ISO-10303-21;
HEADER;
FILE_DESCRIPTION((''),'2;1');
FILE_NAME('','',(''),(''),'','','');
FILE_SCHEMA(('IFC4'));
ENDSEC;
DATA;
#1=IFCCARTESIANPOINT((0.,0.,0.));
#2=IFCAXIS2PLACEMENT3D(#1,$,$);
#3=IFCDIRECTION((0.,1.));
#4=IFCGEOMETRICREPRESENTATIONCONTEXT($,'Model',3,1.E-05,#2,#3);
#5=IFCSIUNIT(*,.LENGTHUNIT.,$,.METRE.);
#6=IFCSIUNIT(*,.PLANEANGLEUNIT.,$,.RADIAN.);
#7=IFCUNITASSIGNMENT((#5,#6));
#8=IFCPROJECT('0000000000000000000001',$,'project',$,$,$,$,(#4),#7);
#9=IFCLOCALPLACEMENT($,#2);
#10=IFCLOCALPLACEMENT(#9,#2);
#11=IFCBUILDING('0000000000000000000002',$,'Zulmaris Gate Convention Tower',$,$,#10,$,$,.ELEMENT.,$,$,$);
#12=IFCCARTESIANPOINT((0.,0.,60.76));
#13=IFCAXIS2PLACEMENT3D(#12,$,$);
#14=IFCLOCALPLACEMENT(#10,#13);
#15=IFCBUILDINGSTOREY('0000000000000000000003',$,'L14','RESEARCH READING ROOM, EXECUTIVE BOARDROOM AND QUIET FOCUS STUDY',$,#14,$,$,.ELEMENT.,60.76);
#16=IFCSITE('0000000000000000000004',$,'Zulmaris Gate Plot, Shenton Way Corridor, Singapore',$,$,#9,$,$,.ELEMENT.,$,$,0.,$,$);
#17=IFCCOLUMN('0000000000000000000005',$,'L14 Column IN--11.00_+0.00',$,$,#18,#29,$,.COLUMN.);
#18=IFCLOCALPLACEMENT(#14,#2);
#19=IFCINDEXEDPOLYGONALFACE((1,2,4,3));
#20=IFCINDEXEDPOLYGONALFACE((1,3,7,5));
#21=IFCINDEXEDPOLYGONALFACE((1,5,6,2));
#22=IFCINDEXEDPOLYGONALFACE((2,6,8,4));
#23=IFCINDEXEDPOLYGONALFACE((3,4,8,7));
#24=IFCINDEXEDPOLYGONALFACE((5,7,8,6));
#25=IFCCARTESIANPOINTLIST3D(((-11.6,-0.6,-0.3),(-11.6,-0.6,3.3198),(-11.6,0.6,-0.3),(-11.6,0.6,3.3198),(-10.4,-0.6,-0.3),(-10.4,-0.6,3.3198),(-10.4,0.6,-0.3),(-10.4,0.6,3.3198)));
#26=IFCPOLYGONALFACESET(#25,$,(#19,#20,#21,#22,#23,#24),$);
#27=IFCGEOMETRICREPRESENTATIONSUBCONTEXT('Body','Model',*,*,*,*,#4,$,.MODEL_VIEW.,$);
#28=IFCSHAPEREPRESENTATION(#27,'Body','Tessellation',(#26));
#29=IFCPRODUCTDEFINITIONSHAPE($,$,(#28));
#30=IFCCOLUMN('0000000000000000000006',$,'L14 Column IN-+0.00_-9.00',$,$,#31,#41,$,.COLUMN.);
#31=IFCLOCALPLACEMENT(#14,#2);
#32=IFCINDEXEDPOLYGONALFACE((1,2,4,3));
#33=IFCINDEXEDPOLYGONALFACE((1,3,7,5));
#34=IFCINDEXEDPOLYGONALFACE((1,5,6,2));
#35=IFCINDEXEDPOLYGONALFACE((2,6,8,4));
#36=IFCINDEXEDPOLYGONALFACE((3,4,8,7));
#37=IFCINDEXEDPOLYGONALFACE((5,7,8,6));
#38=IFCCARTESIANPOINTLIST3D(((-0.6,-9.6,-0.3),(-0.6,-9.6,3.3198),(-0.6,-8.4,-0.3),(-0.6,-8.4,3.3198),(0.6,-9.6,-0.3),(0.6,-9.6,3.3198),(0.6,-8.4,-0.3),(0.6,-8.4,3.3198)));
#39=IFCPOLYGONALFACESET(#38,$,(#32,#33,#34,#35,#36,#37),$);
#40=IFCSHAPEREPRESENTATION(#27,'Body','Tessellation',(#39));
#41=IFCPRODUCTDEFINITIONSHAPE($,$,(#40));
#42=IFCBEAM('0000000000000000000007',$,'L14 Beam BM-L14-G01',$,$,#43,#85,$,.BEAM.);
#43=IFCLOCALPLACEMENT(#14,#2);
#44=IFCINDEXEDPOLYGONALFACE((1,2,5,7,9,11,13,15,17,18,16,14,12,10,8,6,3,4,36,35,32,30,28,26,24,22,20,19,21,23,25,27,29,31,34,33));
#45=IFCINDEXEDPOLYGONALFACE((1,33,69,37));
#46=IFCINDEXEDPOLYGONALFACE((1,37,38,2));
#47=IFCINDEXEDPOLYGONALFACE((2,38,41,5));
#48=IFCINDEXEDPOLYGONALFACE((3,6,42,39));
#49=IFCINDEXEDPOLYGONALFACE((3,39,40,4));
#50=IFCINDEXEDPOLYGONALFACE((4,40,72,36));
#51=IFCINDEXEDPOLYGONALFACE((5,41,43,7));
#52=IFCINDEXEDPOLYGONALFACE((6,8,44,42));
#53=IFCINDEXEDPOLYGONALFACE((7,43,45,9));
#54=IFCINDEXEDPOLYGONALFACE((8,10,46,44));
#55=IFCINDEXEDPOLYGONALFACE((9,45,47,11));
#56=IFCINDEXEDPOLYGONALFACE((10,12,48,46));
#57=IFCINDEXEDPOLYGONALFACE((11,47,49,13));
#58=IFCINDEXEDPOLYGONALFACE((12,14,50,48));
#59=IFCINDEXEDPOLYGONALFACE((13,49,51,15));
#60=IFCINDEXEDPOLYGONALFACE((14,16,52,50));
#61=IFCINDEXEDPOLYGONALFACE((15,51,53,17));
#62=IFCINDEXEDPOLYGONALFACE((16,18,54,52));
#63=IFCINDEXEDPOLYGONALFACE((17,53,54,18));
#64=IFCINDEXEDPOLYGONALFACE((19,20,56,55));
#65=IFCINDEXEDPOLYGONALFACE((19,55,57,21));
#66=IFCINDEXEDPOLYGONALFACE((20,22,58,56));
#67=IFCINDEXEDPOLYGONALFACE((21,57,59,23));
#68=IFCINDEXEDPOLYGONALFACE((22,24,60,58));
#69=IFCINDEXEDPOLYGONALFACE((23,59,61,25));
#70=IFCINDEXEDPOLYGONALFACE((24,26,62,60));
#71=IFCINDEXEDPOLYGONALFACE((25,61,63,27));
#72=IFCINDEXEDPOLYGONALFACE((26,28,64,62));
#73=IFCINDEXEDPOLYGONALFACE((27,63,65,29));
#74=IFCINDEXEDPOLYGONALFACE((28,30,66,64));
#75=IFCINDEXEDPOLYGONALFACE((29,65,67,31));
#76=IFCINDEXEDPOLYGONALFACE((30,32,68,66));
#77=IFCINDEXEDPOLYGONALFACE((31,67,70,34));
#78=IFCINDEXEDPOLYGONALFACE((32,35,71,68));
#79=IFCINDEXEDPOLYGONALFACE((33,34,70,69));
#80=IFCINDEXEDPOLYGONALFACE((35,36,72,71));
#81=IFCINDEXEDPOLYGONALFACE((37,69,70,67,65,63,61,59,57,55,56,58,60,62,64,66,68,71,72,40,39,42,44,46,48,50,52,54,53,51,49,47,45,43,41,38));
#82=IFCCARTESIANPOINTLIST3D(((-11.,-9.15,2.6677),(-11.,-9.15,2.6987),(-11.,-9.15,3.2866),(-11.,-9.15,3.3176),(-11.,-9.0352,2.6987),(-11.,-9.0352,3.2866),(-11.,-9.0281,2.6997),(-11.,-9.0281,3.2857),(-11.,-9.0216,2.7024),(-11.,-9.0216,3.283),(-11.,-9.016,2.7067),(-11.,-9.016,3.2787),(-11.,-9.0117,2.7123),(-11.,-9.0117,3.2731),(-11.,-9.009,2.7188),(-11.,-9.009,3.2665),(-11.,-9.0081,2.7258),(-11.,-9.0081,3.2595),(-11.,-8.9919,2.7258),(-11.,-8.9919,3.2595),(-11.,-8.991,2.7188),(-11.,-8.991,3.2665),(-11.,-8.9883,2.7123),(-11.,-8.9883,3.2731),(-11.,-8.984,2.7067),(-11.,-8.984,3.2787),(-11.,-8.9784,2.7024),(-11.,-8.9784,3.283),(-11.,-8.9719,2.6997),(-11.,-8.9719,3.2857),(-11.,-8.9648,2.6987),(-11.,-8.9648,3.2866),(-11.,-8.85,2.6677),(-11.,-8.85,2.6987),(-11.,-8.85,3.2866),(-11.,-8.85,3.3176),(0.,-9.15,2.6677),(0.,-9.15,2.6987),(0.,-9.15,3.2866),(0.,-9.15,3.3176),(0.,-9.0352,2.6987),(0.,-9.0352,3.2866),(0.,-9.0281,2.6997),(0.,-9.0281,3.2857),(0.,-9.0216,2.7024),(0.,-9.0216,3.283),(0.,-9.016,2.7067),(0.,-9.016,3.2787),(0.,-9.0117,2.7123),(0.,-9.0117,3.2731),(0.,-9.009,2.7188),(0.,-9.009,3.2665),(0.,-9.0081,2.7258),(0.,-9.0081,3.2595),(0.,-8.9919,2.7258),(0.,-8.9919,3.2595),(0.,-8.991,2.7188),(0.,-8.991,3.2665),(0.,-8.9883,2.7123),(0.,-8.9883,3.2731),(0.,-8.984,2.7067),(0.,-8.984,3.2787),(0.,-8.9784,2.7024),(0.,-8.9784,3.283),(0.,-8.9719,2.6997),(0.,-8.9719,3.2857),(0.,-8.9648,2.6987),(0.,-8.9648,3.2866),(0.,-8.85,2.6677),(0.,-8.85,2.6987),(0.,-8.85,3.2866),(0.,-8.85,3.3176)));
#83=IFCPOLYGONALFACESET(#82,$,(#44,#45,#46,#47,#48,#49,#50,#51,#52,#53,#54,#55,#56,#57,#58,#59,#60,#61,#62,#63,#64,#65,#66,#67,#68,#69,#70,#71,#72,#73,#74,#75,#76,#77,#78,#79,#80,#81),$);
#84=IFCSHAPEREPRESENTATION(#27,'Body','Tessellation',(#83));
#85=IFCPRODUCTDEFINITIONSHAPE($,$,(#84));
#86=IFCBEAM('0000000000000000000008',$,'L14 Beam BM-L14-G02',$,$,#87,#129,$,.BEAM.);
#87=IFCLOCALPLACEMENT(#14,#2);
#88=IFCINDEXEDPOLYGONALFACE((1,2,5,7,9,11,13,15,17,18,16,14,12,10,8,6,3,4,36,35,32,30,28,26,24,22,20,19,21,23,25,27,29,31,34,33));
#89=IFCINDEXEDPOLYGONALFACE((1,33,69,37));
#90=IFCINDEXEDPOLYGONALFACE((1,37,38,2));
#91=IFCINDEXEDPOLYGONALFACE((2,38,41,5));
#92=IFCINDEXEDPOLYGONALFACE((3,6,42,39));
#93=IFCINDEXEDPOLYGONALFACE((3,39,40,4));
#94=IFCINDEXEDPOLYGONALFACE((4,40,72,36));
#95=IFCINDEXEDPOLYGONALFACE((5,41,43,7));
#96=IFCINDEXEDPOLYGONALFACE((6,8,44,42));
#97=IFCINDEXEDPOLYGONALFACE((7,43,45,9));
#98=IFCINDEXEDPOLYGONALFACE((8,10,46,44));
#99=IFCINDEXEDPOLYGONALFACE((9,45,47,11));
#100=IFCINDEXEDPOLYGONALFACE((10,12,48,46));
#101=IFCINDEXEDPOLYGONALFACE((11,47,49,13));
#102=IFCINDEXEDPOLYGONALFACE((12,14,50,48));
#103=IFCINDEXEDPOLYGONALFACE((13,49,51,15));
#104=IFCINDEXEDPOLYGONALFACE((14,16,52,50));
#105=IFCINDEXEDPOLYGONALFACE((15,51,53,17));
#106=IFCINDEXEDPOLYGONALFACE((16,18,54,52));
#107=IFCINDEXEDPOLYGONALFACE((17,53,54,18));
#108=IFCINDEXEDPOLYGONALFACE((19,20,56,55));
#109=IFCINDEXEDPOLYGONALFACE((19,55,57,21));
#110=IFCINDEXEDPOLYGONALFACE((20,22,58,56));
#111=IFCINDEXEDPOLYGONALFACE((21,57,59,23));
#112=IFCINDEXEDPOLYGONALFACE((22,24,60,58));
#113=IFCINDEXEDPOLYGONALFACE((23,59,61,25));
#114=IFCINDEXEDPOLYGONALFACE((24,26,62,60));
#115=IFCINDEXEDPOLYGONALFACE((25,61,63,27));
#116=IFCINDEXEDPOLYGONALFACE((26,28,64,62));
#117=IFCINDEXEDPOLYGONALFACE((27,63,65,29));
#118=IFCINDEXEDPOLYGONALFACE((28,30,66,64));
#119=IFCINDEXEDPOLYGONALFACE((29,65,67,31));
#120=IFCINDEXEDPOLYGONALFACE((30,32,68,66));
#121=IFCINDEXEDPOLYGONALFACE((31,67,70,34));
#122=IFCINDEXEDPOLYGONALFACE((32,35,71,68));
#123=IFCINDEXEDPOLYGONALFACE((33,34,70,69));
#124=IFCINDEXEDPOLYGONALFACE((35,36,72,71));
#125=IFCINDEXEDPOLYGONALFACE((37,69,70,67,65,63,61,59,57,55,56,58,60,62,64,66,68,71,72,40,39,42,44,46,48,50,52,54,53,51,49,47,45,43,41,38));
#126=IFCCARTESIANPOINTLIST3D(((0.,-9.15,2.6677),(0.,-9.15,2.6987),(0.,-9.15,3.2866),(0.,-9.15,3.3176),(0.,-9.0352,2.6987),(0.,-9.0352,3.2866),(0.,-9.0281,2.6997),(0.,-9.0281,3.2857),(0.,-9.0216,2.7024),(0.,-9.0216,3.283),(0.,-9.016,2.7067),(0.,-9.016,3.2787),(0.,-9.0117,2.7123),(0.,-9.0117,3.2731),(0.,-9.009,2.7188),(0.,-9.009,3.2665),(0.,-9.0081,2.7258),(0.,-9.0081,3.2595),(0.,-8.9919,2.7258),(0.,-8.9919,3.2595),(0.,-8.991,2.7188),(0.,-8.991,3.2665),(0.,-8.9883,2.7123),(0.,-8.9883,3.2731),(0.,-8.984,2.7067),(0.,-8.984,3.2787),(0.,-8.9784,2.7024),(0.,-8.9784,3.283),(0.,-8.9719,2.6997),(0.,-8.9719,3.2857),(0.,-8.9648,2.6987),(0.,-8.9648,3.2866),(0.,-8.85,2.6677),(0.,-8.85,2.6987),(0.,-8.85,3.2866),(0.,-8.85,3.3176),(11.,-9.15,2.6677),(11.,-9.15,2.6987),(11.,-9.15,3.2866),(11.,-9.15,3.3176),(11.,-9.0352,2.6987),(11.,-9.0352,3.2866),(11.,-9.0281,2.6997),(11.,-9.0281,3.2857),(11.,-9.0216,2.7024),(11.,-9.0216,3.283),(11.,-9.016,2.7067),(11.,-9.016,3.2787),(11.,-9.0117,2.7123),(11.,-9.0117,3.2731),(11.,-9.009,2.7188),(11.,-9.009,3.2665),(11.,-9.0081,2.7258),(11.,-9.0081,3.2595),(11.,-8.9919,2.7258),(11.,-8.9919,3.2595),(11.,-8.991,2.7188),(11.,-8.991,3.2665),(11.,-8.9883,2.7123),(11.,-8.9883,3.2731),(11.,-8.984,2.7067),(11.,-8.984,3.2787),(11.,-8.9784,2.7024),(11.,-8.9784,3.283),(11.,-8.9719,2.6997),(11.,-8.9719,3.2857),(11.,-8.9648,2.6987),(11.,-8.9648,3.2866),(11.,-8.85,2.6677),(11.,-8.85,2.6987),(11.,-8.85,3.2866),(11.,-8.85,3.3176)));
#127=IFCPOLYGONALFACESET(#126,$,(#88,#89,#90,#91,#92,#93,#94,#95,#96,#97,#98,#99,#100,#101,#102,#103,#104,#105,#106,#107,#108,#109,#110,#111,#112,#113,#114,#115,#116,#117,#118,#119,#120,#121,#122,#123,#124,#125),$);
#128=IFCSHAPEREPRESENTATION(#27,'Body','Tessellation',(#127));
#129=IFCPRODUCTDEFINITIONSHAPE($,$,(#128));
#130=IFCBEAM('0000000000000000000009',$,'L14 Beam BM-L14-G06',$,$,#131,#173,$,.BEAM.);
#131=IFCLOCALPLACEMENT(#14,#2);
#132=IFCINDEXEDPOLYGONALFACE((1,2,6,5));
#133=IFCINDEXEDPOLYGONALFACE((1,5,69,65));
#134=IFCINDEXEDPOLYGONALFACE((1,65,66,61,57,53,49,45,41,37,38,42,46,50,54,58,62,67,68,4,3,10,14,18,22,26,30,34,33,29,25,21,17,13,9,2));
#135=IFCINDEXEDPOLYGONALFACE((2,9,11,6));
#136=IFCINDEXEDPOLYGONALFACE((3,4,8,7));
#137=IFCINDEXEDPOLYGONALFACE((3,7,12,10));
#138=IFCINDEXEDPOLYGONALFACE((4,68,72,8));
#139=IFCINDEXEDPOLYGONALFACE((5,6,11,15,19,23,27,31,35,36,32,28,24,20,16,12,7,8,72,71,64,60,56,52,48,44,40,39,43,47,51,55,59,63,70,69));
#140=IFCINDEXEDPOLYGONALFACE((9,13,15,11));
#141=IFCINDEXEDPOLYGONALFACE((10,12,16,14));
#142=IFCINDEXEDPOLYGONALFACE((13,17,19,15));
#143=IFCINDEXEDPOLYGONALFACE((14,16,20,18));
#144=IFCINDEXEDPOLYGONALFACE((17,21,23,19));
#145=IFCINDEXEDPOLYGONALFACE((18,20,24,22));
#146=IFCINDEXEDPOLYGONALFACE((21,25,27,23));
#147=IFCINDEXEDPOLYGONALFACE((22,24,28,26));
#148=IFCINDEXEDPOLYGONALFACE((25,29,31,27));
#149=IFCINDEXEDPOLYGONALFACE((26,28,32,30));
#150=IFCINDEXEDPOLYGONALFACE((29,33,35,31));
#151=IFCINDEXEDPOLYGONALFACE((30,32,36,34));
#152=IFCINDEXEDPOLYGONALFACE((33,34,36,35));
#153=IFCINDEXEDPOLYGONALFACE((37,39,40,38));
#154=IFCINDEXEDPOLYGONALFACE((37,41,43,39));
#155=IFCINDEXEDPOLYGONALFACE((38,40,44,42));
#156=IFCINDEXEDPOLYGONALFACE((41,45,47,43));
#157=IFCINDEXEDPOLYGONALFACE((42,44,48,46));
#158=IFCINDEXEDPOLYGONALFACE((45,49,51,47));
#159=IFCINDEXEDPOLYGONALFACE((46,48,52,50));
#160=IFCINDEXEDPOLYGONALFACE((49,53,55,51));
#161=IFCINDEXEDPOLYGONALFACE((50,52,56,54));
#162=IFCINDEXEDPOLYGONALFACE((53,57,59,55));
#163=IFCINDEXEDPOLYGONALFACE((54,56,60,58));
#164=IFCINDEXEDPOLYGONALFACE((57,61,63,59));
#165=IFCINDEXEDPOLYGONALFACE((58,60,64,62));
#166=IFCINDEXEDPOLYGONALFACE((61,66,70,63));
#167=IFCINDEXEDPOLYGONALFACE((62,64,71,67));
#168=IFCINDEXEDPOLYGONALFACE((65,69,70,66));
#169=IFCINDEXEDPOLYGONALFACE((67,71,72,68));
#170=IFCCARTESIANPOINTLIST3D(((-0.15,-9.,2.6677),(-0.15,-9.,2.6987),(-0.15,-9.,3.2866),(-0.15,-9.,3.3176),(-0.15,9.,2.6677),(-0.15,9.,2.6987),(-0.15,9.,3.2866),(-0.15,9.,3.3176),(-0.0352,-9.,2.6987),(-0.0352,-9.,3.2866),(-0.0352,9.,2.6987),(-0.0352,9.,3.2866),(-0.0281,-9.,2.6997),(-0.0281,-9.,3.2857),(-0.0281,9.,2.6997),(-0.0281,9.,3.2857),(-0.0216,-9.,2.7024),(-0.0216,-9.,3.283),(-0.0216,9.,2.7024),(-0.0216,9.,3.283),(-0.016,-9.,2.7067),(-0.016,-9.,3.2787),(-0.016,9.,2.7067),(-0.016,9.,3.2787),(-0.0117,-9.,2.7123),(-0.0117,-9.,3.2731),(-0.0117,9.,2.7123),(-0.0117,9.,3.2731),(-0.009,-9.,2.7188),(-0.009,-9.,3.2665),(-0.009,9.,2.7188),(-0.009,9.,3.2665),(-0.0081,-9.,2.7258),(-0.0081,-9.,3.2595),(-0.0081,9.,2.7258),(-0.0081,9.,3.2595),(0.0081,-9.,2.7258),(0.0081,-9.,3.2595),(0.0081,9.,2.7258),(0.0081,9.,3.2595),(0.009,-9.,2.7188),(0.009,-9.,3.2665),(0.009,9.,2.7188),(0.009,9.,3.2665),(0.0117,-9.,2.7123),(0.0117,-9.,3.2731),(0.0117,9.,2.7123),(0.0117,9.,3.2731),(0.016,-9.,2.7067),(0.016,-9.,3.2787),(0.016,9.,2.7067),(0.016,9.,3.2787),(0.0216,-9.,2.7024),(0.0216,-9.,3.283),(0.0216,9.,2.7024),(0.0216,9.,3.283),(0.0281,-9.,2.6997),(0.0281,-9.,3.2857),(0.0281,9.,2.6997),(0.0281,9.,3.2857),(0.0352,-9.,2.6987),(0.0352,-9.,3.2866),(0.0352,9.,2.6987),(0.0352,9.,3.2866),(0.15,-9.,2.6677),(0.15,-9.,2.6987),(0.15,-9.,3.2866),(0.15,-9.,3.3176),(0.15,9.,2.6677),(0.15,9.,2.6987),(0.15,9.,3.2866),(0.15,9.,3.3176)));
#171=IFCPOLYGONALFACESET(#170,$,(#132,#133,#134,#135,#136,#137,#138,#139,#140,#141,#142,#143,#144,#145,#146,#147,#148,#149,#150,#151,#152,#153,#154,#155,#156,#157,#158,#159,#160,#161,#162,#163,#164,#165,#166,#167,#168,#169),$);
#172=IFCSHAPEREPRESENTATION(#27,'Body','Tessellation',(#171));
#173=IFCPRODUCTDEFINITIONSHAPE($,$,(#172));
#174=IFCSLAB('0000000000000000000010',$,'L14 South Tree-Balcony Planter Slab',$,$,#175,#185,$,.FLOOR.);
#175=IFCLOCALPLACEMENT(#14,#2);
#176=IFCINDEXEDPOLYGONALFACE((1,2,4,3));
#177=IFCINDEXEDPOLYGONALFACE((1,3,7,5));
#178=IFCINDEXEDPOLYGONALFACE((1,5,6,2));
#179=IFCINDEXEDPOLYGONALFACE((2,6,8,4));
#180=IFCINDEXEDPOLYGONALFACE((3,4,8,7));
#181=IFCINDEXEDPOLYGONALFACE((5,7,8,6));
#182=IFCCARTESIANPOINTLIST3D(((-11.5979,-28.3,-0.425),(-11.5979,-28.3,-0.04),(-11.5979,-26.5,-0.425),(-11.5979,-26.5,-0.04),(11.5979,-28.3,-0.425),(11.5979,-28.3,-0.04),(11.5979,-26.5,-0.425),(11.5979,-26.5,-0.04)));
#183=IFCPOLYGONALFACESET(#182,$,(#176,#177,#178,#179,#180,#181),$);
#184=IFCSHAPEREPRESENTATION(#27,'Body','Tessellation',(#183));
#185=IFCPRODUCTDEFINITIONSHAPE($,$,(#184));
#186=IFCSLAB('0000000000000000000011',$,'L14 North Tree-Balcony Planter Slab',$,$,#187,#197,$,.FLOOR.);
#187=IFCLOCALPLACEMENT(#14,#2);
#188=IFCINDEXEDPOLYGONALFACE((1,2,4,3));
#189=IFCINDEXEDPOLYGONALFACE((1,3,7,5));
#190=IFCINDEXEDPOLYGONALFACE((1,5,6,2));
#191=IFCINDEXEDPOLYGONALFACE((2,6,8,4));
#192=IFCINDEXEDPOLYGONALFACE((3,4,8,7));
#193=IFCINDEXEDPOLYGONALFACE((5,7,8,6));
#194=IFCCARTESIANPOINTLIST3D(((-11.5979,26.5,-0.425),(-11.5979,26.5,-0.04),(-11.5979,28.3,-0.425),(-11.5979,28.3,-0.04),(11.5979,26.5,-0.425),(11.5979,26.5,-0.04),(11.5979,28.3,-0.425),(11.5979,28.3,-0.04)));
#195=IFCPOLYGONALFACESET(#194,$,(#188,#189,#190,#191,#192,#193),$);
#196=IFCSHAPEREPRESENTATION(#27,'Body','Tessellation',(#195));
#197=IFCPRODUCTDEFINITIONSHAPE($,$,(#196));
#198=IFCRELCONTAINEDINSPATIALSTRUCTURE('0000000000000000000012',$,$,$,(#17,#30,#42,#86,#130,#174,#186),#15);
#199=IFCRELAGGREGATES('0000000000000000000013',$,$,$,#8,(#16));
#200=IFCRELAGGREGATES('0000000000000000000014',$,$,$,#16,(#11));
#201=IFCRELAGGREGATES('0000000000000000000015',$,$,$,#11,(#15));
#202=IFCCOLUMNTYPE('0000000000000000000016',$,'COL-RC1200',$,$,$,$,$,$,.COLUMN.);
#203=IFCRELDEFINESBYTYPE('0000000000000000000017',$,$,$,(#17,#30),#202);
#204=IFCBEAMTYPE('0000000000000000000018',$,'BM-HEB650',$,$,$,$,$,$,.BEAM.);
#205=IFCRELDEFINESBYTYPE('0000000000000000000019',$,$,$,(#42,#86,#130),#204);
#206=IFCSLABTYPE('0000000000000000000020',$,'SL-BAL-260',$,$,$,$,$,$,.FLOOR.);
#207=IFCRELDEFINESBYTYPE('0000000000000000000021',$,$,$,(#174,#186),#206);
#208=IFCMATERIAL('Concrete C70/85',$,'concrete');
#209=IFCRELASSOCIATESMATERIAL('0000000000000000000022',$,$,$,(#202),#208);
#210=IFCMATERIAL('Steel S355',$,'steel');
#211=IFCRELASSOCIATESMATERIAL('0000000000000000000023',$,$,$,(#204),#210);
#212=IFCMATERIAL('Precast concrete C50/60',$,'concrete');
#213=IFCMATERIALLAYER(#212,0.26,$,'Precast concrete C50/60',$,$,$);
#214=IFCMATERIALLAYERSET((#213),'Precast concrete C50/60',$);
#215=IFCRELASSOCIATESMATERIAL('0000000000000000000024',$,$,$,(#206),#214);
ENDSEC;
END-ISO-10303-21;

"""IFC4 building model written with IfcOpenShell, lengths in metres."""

from ifc_helpers import new_model, si_unit, direction, frame, origin, origin_2d, place, context, subcontext, project, spatial, polyline, rectangle, i_section, outline, extrude, material, layer, layer_set, material_profile, profile_set, type_object, element, save


model = new_model("IFC4")

# Units and contexts
model_context = context("Model", 3, precision=1e-05, world=origin(), true_north=direction((0.0, 1.0)))
body_context = subcontext(model_context, "Body", "Model", "MODEL_VIEW")
ifc_project = project(units=[si_unit("LENGTHUNIT", "METRE"), si_unit("PLANEANGLEUNIT", "RADIAN")], contexts=[model_context])

# Site, building, storey
site_placement = place(None, origin())
site = spatial("IfcSite", under=ifc_project, at=site_placement, Name="Zulmaris Gate Plot, Shenton Way Corridor, Singapore", CompositionType="ELEMENT", RefElevation=0.0)
building_placement = place(site_placement, origin())
building = spatial("IfcBuilding", under=site, at=building_placement, Name="Zulmaris Gate Convention Tower", CompositionType="ELEMENT")
storey_placement = place(building_placement, frame((0.0, 0.0, 60.76)))
storey = spatial("IfcBuildingStorey", under=building, at=storey_placement, Name="L14", Description="RESEARCH READING ROOM, EXECUTIVE BOARDROOM AND QUIET FOCUS STUDY", CompositionType="ELEMENT", Elevation=60.76)

# Columns
ifc_material_1 = material(Name="Concrete C70/85", Category="concrete")
ifc_material_profile_1 = material_profile(ifc_material_1, rectangle(XDim=1.2, YDim=1.2, at=origin_2d()), Name="RC COL 1200x1200")
ifc_profile_set_1 = profile_set([ifc_material_profile_1], Name="Concrete C70/85")
column_type = type_object("IfcColumnType", Name="COL-RC1200", PredefinedType="COLUMN", material=ifc_profile_set_1)
for number, where, z_axis, x_axis, name in (
    (1, (-11.0, 0.0, -0.3), (0.0, 0.0, 1.0), (1.0, 0.0, 0.0), "L14 Column IN--11.00_+0.00"),
    (2, (0.0, -9.0, -0.3), (0.0, 0.0, 1.0), (1.0, 0.0, 0.0), "L14 Column IN-+0.00_-9.00"),
):
    element("IfcColumn", number, at=place(storey_placement, frame(where, z_axis=z_axis, x_axis=x_axis)), inside=storey, type_object=column_type, Name=name, PredefinedType="COLUMN", context=body_context, shape_type="SweptSolid", body=[
        extrude(rectangle(XDim=1.2, YDim=1.2, at=origin_2d()), origin(), (0.0, 0.0, 1.0), 3.6199),
    ])

# Beams
ifc_material_2 = material(Name="Steel S355", Category="steel")
ifc_material_profile_2 = material_profile(ifc_material_2, i_section(OverallWidth=0.3, OverallDepth=0.6499, WebThickness=0.0161, FlangeThickness=0.031, FilletRadius=0.0271, at=origin_2d()), Name="HEB 650")
ifc_profile_set_2 = profile_set([ifc_material_profile_2], Name="Steel S355")
beam_type = type_object("IfcBeamType", Name="BM-HEB650", PredefinedType="BEAM", material=ifc_profile_set_2)
for number, where, z_axis, x_axis, name in (
    (3, (-11.0, -9.0, 2.9927), (1.0, 0.0, 0.0), (0.0, 1.0, 0.0), "L14 Beam BM-L14-G01"),
    (4, (0.0, -9.0, 2.9927), (1.0, 0.0, 0.0), (0.0, 1.0, 0.0), "L14 Beam BM-L14-G02"),
):
    element("IfcBeam", number, at=place(storey_placement, frame(where, z_axis=z_axis, x_axis=x_axis)), inside=storey, type_object=beam_type, Name=name, PredefinedType="BEAM", context=body_context, shape_type="SweptSolid", body=[
        extrude(i_section(OverallWidth=0.3, OverallDepth=0.6499, WebThickness=0.0161, FlangeThickness=0.031, FilletRadius=0.0271, at=origin_2d()), origin(), (0.0, 0.0, 1.0), 11.0),
    ])
beam_placement = place(storey_placement, frame((0.0, -9.0, 2.9927), z_axis=(0.0, 1.0, 0.0), x_axis=(-1.0, 0.0, 0.0)))
element("IfcBeam", 5, at=beam_placement, inside=storey, type_object=beam_type, Name="L14 Beam BM-L14-G06", PredefinedType="BEAM", context=body_context, shape_type="SweptSolid", body=[
    extrude(i_section(OverallWidth=0.3, OverallDepth=0.6499, WebThickness=0.0161, FlangeThickness=0.031, FilletRadius=0.0271, at=origin_2d()), origin(), (0.0, 0.0, 1.0), 18.0),
])

# Slabs
ifc_material_3 = material(Name="Precast concrete C50/60", Category="concrete")
ifc_layer_1 = layer(ifc_material_3, 0.26, Name="Precast concrete C50/60")
ifc_layer_set_1 = layer_set([ifc_layer_1], Name="Precast concrete C50/60")
slab_type_1 = type_object("IfcSlabType", Name="SL-BAL-260", PredefinedType="FLOOR", material=ifc_layer_set_1)
slab_1_placement = place(storey_placement, frame((0.0, 0.0, -0.425)))
element("IfcSlab", 6, at=slab_1_placement, inside=storey, type_object=slab_type_1, Name="L14 South Tree-Balcony Planter Slab", PredefinedType="FLOOR", context=body_context, shape_type="SweptSolid", body=[
    extrude(outline(polyline([(-11.5979, -28.3), (-11.5979, -26.5), (11.5979, -26.5), (11.5979, -28.3), (-11.5979, -28.3)])), origin(), (0.0, 0.0, 1.0), 0.385),
])
slab_2_placement = place(storey_placement, frame((0.0, 0.0, -0.425)))
element("IfcSlab", 7, at=slab_2_placement, inside=storey, type_object=slab_type_1, Name="L14 North Tree-Balcony Planter Slab", PredefinedType="FLOOR", context=body_context, shape_type="SweptSolid", body=[
    extrude(outline(polyline([(11.5979, 28.3), (11.5979, 26.5), (-11.5979, 26.5), (-11.5979, 28.3), (11.5979, 28.3)])), origin(), (0.0, 0.0, 1.0), 0.385),
])

save(model, "model.ifc")
